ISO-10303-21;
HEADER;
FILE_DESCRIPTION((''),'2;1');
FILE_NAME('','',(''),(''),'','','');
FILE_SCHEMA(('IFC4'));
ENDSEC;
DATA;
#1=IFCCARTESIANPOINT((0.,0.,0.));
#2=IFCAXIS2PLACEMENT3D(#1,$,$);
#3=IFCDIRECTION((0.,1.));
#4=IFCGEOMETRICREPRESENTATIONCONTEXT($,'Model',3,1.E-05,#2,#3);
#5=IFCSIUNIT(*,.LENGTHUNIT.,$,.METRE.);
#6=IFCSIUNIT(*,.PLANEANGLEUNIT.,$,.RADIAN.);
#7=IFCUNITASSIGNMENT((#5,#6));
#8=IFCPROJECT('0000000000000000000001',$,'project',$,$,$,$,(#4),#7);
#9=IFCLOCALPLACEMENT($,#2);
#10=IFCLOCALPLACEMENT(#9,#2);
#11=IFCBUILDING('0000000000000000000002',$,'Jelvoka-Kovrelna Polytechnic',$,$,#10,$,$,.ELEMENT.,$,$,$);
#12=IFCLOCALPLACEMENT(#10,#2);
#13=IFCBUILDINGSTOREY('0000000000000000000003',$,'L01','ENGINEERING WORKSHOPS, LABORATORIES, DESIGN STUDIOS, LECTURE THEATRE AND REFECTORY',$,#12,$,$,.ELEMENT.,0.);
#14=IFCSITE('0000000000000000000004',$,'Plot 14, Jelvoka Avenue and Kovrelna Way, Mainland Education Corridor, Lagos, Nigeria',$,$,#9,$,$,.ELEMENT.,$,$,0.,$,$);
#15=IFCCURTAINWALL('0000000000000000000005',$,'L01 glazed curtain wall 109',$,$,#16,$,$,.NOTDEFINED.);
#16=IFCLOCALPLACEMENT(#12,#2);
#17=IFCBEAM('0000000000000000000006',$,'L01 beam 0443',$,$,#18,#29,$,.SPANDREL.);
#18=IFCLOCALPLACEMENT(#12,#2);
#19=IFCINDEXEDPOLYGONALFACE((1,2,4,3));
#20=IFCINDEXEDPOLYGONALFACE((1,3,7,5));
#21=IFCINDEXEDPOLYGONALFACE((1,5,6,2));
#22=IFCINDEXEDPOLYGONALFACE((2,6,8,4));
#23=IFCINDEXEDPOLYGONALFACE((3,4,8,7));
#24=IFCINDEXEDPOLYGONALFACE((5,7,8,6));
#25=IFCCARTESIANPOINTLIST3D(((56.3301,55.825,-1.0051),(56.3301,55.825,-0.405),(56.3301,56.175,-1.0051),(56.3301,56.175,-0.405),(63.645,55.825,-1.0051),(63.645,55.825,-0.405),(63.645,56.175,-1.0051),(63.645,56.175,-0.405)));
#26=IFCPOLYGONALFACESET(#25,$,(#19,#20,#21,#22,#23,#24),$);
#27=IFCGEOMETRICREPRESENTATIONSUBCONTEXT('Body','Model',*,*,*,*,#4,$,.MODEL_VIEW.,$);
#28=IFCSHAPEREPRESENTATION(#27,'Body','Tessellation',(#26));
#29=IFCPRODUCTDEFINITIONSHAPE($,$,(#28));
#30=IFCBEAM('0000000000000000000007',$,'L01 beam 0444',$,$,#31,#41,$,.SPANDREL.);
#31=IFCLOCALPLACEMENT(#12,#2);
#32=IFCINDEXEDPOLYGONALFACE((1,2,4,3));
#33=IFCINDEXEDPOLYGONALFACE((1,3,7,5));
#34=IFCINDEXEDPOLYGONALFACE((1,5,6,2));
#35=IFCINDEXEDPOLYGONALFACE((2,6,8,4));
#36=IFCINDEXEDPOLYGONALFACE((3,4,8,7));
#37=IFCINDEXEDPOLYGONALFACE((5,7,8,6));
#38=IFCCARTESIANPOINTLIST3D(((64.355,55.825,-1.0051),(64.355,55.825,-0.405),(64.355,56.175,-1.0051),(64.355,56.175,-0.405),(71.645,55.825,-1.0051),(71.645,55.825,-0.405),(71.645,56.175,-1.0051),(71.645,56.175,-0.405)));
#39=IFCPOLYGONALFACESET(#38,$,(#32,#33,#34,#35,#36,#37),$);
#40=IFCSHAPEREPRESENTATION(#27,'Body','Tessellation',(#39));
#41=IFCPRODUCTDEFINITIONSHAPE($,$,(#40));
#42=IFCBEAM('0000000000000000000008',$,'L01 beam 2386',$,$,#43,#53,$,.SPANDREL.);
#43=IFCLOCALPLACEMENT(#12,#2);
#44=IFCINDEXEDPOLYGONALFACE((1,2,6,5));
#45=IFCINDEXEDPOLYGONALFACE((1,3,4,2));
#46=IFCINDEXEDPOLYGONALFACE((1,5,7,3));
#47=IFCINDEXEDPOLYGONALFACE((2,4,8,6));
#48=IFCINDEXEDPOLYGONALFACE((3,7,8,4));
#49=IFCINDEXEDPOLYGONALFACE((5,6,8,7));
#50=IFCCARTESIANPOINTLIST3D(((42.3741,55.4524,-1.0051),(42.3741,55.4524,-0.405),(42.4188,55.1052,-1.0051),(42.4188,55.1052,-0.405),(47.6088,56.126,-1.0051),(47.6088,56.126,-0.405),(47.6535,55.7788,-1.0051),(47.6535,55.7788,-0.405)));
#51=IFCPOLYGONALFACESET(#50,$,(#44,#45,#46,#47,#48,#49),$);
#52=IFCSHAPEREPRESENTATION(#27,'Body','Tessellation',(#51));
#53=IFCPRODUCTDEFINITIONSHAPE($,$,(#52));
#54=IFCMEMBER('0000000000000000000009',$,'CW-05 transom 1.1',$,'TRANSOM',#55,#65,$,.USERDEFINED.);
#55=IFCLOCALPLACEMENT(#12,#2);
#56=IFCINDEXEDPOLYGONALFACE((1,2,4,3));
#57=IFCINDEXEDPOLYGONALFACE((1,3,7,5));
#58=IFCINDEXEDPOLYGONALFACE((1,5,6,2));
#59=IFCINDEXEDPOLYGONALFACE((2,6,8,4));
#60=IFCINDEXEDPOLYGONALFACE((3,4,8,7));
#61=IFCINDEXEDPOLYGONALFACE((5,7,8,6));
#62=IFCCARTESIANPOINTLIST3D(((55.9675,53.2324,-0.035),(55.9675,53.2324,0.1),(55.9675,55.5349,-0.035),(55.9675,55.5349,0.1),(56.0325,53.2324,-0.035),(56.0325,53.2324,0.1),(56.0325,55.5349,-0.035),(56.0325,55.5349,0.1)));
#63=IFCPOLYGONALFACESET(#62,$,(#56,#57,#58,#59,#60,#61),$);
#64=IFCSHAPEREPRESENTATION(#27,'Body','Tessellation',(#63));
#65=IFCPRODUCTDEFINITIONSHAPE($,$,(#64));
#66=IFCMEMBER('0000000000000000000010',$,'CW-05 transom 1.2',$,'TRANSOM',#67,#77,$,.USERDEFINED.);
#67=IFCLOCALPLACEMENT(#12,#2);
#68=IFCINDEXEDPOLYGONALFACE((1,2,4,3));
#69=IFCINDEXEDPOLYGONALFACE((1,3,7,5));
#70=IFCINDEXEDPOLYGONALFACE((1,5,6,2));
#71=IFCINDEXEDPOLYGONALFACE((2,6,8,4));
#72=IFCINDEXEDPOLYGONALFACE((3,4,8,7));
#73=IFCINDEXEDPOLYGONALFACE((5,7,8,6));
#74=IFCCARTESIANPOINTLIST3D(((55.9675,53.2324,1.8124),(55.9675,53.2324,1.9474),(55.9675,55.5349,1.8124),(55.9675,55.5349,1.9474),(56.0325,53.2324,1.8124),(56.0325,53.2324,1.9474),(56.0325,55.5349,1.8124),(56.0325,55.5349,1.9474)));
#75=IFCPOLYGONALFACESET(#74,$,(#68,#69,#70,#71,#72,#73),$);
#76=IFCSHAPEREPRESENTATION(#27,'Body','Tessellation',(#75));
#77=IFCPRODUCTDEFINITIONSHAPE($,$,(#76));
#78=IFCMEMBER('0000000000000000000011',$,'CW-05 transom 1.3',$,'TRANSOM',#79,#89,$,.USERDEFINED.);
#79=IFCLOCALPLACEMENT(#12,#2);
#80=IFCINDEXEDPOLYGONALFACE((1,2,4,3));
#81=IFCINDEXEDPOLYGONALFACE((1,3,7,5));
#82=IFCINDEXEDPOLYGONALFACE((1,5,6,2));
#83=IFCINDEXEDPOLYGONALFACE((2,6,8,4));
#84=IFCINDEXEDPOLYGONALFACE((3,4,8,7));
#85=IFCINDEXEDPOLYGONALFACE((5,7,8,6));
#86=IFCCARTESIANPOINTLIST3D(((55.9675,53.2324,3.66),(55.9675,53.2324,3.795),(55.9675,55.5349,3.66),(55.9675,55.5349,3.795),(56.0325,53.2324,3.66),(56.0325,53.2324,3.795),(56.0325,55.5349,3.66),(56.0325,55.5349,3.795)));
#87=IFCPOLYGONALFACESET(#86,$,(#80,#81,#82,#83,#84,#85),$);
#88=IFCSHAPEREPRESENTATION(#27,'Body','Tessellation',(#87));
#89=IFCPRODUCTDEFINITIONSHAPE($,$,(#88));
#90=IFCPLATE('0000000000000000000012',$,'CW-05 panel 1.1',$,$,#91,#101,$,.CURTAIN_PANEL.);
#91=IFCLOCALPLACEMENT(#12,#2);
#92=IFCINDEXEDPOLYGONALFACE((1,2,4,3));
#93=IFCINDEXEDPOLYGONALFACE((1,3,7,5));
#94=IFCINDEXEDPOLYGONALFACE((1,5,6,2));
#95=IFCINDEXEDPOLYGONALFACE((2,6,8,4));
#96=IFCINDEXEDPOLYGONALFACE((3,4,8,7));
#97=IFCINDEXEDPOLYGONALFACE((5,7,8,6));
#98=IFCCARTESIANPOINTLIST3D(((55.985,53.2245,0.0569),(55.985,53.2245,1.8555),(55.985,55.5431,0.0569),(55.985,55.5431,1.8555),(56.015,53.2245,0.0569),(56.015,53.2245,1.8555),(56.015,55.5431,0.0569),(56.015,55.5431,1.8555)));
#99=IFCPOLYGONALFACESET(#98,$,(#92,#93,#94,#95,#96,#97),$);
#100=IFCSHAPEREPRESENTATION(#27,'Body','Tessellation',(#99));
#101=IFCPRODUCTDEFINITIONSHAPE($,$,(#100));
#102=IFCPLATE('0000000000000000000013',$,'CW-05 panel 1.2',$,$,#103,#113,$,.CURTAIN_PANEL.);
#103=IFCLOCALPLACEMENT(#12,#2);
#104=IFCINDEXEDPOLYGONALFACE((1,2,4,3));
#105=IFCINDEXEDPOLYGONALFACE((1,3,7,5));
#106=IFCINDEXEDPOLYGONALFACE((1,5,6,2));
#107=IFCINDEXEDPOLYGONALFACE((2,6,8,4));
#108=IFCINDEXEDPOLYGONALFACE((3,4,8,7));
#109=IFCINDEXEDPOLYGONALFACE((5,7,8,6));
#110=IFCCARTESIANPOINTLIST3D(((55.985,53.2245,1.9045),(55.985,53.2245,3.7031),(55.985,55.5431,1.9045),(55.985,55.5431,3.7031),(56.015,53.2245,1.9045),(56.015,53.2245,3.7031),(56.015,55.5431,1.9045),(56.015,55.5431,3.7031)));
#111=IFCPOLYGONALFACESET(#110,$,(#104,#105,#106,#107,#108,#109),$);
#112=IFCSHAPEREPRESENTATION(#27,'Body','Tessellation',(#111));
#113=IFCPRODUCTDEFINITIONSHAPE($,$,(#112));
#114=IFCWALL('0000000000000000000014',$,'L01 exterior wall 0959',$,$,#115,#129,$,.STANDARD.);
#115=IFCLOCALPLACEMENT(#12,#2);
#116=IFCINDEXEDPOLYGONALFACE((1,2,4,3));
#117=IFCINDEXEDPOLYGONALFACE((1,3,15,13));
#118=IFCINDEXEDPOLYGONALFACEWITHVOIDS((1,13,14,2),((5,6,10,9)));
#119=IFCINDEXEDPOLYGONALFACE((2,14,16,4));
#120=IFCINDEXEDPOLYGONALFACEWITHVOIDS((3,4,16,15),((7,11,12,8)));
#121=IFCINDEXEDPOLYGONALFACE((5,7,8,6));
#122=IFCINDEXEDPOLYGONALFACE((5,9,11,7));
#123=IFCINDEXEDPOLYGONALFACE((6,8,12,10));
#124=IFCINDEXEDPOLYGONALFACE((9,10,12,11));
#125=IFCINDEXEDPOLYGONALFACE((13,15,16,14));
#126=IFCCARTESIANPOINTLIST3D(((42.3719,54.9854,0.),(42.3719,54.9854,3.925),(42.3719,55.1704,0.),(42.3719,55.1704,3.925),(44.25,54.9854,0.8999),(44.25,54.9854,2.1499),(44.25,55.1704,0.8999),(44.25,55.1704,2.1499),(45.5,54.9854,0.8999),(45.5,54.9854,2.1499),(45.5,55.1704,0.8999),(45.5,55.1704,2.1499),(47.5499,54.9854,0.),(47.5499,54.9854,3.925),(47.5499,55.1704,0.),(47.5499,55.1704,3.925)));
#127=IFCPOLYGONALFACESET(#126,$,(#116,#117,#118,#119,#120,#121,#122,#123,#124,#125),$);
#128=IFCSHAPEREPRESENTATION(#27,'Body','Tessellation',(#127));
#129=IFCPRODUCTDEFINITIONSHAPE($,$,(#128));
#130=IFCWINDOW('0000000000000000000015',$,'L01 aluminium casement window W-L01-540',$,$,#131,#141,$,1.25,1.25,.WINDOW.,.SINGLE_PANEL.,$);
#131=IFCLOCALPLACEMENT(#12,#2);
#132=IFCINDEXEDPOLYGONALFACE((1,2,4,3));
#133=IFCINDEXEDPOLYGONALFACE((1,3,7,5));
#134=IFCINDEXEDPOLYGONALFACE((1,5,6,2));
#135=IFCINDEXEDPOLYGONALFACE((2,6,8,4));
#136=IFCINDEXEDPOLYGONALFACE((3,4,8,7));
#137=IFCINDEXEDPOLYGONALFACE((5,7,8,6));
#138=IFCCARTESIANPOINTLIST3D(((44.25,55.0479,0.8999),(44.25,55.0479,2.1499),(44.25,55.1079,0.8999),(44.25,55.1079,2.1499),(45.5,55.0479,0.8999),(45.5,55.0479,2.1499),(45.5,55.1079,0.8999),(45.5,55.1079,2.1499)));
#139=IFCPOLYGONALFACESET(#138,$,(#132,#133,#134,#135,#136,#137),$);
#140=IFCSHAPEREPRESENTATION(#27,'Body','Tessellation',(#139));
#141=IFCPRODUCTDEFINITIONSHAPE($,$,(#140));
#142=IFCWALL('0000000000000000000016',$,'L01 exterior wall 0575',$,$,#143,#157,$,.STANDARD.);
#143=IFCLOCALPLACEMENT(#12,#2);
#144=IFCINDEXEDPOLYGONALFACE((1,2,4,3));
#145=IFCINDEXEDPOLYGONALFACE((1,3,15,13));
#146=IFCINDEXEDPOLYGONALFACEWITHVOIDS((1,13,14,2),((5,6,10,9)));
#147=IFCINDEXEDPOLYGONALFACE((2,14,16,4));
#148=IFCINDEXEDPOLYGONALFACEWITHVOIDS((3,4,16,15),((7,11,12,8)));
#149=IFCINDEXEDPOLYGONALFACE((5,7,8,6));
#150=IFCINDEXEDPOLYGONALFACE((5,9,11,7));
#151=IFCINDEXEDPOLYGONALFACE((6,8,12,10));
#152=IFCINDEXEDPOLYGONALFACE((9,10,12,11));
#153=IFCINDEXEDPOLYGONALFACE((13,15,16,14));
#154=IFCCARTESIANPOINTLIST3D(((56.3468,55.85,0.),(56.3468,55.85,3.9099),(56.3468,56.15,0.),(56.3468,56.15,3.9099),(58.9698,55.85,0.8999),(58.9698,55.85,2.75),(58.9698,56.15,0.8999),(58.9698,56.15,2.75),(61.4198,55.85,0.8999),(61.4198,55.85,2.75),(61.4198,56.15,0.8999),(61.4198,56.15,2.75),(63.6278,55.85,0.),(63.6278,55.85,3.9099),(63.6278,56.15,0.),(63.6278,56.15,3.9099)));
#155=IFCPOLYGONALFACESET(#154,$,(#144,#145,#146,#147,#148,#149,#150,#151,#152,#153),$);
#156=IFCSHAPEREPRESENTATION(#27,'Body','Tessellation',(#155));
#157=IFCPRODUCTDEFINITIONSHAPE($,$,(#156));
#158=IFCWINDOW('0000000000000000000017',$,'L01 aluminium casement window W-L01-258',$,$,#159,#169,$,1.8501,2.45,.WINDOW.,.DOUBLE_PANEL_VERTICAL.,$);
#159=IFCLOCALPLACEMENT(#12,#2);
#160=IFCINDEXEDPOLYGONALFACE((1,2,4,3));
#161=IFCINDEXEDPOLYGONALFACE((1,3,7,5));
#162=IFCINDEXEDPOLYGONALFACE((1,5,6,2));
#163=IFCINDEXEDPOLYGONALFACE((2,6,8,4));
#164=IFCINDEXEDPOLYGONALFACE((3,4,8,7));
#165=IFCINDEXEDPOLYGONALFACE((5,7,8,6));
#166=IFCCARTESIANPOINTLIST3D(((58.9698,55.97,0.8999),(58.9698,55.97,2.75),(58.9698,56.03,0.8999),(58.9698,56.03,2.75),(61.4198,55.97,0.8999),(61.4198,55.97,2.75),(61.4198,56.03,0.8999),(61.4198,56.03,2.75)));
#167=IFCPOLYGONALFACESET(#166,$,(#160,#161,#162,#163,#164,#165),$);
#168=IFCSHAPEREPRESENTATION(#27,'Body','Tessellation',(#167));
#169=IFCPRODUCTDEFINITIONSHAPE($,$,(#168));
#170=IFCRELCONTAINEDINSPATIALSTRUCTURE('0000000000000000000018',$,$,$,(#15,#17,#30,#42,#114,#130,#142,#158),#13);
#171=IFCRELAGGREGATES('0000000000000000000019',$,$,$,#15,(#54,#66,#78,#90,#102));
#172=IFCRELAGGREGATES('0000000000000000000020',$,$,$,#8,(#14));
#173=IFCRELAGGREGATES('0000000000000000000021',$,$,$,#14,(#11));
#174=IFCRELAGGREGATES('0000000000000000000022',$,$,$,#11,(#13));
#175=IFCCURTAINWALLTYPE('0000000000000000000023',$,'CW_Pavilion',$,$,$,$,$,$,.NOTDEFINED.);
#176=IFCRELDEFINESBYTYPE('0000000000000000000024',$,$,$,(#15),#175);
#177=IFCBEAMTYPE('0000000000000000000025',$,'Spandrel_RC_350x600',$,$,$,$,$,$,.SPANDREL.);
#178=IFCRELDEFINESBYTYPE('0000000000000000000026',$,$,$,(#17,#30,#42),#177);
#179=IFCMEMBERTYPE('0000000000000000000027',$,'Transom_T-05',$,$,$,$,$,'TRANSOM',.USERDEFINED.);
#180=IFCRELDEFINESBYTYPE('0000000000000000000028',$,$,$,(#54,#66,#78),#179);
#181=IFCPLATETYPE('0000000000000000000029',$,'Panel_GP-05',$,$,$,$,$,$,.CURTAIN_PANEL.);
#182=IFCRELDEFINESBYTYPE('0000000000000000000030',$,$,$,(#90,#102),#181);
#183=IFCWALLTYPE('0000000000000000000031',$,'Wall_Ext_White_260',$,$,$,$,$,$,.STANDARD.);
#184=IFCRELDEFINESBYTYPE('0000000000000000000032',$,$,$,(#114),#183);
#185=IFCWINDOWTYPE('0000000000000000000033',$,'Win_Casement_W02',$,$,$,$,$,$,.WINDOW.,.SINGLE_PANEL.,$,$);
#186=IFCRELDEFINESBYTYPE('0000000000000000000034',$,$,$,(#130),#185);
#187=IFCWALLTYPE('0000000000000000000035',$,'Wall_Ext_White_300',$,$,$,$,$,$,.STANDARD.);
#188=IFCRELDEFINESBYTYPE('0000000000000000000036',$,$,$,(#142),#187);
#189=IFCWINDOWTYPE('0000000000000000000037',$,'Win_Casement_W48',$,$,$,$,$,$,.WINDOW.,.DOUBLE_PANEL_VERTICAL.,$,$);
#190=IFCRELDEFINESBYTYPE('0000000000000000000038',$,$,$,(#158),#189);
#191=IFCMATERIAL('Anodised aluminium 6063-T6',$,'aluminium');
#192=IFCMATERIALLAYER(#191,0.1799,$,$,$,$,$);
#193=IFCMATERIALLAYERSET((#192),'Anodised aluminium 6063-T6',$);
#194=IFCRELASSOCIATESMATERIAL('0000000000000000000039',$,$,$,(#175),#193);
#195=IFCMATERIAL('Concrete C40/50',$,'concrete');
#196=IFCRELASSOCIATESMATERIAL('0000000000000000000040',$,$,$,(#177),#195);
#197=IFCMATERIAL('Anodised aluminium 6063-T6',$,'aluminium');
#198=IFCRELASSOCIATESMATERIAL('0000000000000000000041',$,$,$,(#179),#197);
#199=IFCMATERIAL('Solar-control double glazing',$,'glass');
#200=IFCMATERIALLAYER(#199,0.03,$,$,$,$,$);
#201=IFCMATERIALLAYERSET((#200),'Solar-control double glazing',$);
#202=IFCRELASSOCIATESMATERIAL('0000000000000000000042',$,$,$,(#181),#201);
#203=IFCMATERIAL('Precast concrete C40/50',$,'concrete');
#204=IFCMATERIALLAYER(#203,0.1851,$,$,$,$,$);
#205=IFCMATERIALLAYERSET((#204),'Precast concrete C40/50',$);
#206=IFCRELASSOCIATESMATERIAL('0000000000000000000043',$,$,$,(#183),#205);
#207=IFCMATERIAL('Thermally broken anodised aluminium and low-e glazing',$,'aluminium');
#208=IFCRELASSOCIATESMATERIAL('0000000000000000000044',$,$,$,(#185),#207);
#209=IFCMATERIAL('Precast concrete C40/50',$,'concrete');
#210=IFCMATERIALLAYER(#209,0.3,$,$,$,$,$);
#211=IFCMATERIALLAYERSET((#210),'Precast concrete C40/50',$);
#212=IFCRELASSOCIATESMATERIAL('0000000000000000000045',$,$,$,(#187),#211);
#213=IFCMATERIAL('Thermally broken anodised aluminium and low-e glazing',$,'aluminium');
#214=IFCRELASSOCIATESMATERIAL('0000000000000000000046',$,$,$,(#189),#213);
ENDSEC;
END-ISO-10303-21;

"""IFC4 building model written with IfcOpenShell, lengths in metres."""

from ifc_helpers import new_model, si_unit, direction, frame, frame_2d, origin, origin_2d, place, context, subcontext, project, spatial, rectangle, extrude, material, layer, layer_set, material_profile, profile_set, type_object, element, fill, aggregate, save


model = new_model("IFC4")

# Units and contexts
model_context = context("Model", 3, precision=1e-05, world=origin(), true_north=direction((0.0, 1.0)))
body_context = subcontext(model_context, "Body", "Model", "MODEL_VIEW")
ifc_project = project(units=[si_unit("LENGTHUNIT", "METRE"), si_unit("PLANEANGLEUNIT", "RADIAN")], contexts=[model_context])

# Site, building, storey
site_placement = place(None, origin())
site = spatial("IfcSite", under=ifc_project, at=site_placement, Name="Plot 14, Jelvoka Avenue and Kovrelna Way, Mainland Education Corridor, Lagos, Nigeria", CompositionType="ELEMENT", RefElevation=0.0)
building_placement = place(site_placement, origin())
building = spatial("IfcBuilding", under=site, at=building_placement, Name="Jelvoka-Kovrelna Polytechnic", CompositionType="ELEMENT")
storey_placement = place(building_placement, origin())
storey = spatial("IfcBuildingStorey", under=building, at=storey_placement, Name="L01", Description="ENGINEERING WORKSHOPS, LABORATORIES, DESIGN STUDIOS, LECTURE THEATRE AND REFECTORY", CompositionType="ELEMENT", Elevation=0.0)

# Curtain wall
ifc_material_1 = material(Name="Anodised aluminium 6063-T6", Category="aluminium")
ifc_layer_1 = layer(ifc_material_1, 0.1799)
ifc_layer_set_1 = layer_set([ifc_layer_1], Name="Anodised aluminium 6063-T6")
curtain_wall_type = type_object("IfcCurtainWallType", Name="CW_Pavilion", PredefinedType="NOTDEFINED", material=ifc_layer_set_1)
curtain_wall_placement = place(storey_placement, origin())
curtain_wall = element("IfcCurtainWall", 1, at=curtain_wall_placement, inside=storey, type_object=curtain_wall_type, Name="L01 glazed curtain wall 109", PredefinedType="NOTDEFINED")

# Beams
ifc_material_2 = material(Name="Concrete C40/50", Category="concrete")
ifc_material_profile_1 = material_profile(ifc_material_2, rectangle(XDim=0.3501, YDim=0.6001, at=origin_2d()), Name="RC 350x600")
ifc_profile_set_1 = profile_set([ifc_material_profile_1], Name="Concrete C40/50")
beam_type_1 = type_object("IfcBeamType", Name="Spandrel_RC_350x600", PredefinedType="SPANDREL", material=ifc_profile_set_1)
beam_1_placement = place(storey_placement, frame((56.3301, 56.0, -0.7051), z_axis=(1.0, 0.0, 0.0), x_axis=(0.0, 1.0, 0.0)))
element("IfcBeam", 2, at=beam_1_placement, inside=storey, type_object=beam_type_1, Name="L01 beam 0443", PredefinedType="SPANDREL", context=body_context, shape_type="SweptSolid", body=[
    extrude(rectangle(XDim=0.3501, YDim=0.6001, at=origin_2d()), origin(), (0.0, 0.0, 1.0), 7.3149),
])
beam_2_placement = place(storey_placement, frame((64.355, 56.0, -0.7051), z_axis=(1.0, 0.0, 0.0), x_axis=(0.0, 1.0, 0.0)))
element("IfcBeam", 3, at=beam_2_placement, inside=storey, type_object=beam_type_1, Name="L01 beam 0444", PredefinedType="SPANDREL", context=body_context, shape_type="SweptSolid", body=[
    extrude(rectangle(XDim=0.3501, YDim=0.6001, at=origin_2d()), origin(), (0.0, 0.0, 1.0), 7.29),
])
beam_3_placement = place(storey_placement, frame((42.3965, 55.2788, -0.7051), z_axis=(0.991822, 0.127626, 0.0), x_axis=(-0.127626, 0.991822, 0.0)))
element("IfcBeam", 4, at=beam_3_placement, inside=storey, type_object=beam_type_1, Name="L01 beam 2386", PredefinedType="SPANDREL", context=body_context, shape_type="SweptSolid", body=[
    extrude(rectangle(XDim=0.3501, YDim=0.6001, at=origin_2d()), origin(), (0.0, 0.0, 1.0), 5.2778),
])

# Members
ifc_material_3 = material(Name="Anodised aluminium 6063-T6", Category="aluminium")
ifc_material_profile_2 = material_profile(ifc_material_3, rectangle(XDim=0.0649, YDim=0.135, at=origin_2d()), Name="ALU 65x135")
ifc_profile_set_2 = profile_set([ifc_material_profile_2], Name="Anodised aluminium 6063-T6")
member_type_1 = type_object("IfcMemberType", Name="Transom_T-05", ElementType="TRANSOM", PredefinedType="USERDEFINED", material=ifc_profile_set_2)
member_1_placement = place(storey_placement, frame((56.0, 55.5349, 0.0325), z_axis=(0.0, -1.0, 0.0), x_axis=(1.0, 0.0, 0.0)))
member_1 = element("IfcMember", 5, at=member_1_placement, type_object=member_type_1, Name="CW-05 transom 1.1", ObjectType="TRANSOM", PredefinedType="USERDEFINED", context=body_context, shape_type="SweptSolid", body=[
    extrude(rectangle(XDim=0.0649, YDim=0.135, at=origin_2d()), origin(), (0.0, 0.0, 1.0), 2.3025),
])
member_2_placement = place(storey_placement, frame((56.0, 55.5349, 1.8799), z_axis=(0.0, -1.0, 0.0), x_axis=(1.0, 0.0, 0.0)))
member_2 = element("IfcMember", 6, at=member_2_placement, type_object=member_type_1, Name="CW-05 transom 1.2", ObjectType="TRANSOM", PredefinedType="USERDEFINED", context=body_context, shape_type="SweptSolid", body=[
    extrude(rectangle(XDim=0.0649, YDim=0.135, at=origin_2d()), origin(), (0.0, 0.0, 1.0), 2.3025),
])
member_3_placement = place(storey_placement, frame((56.0, 55.5349, 3.7275), z_axis=(0.0, -1.0, 0.0), x_axis=(1.0, 0.0, 0.0)))
member_3 = element("IfcMember", 7, at=member_3_placement, type_object=member_type_1, Name="CW-05 transom 1.3", ObjectType="TRANSOM", PredefinedType="USERDEFINED", context=body_context, shape_type="SweptSolid", body=[
    extrude(rectangle(XDim=0.0649, YDim=0.135, at=origin_2d()), origin(), (0.0, 0.0, 1.0), 2.3025),
])

# Plates
ifc_material_4 = material(Name="Solar-control double glazing", Category="glass")
ifc_layer_2 = layer(ifc_material_4, 0.03)
ifc_layer_set_2 = layer_set([ifc_layer_2], Name="Solar-control double glazing")
plate_type = type_object("IfcPlateType", Name="Panel_GP-05", PredefinedType="CURTAIN_PANEL", material=ifc_layer_set_2)
plate_1_placement = place(storey_placement, frame((56.0, 54.3838, 0.0569), z_axis=(0.0, 0.0, 1.0), x_axis=(0.0, -1.0, 0.0)))
plate_1 = element("IfcPlate", 8, at=plate_1_placement, type_object=plate_type, Name="CW-05 panel 1.1", PredefinedType="CURTAIN_PANEL", context=body_context, shape_type="SweptSolid", body=[
    extrude(rectangle(XDim=2.3186, YDim=0.03, at=origin_2d()), origin(), (0.0, 0.0, 1.0), 1.7986),
])
plate_2_placement = place(storey_placement, frame((56.0, 54.3838, 1.9045), z_axis=(0.0, 0.0, 1.0), x_axis=(0.0, -1.0, 0.0)))
plate_2 = element("IfcPlate", 9, at=plate_2_placement, type_object=plate_type, Name="CW-05 panel 1.2", PredefinedType="CURTAIN_PANEL", context=body_context, shape_type="SweptSolid", body=[
    extrude(rectangle(XDim=2.3186, YDim=0.03, at=origin_2d()), origin(), (0.0, 0.0, 1.0), 1.7986),
])
aggregate(curtain_wall, [member_1, member_2, member_3, plate_1, plate_2])

# Walls, openings, windows
ifc_material_5 = material(Name="Precast concrete C40/50", Category="concrete")
ifc_layer_3 = layer(ifc_material_5, 0.1851)
ifc_layer_set_3 = layer_set([ifc_layer_3], Name="Precast concrete C40/50")
wall_type_1 = type_object("IfcWallType", Name="Wall_Ext_White_260", PredefinedType="STANDARD", material=ifc_layer_set_3)
wall_1_placement = place(storey_placement, frame((42.3721, 55.0779, 0.0), z_axis=(0.0, 0.0, 1.0), x_axis=(1.0, 0.0, 0.0)))
wall_1 = element("IfcWall", 10, at=wall_1_placement, inside=storey, type_object=wall_type_1, Name="L01 exterior wall 0959", PredefinedType="STANDARD", context=body_context, shape_type="SweptSolid", body=[
    extrude(rectangle(XDim=5.178, YDim=0.1851, at=frame_2d((2.5889, 0.0))), origin(), (0.0, 0.0, 1.0), 3.925),
])
opening_1_placement = place(wall_1_placement, frame((1.8779, 0.0, 0.8999)))
opening_1 = element("IfcOpeningElement", 11, at=opening_1_placement, cuts=wall_1, PredefinedType="OPENING", context=body_context, shape_type="SweptSolid", body=[
    extrude(rectangle(XDim=1.25, YDim=1.25, at=frame_2d((0.625, 0.625))), frame((0.0, 0.1025, 0.0), z_axis=(0.0, -1.0, 0.0), x_axis=(1.0, 0.0, 0.0)), (0.0, 0.0, 1.0), 0.2051),
])
ifc_material_6 = material(Name="Thermally broken anodised aluminium and low-e glazing", Category="aluminium")
window_type_1 = type_object("IfcWindowType", Name="Win_Casement_W02", PartitioningType="SINGLE_PANEL", PredefinedType="WINDOW", material=ifc_material_6)
window_1_placement = place(opening_1_placement, origin())
window_1 = element("IfcWindow", 12, at=window_1_placement, inside=storey, type_object=window_type_1, Name="L01 aluminium casement window W-L01-540", OverallHeight=1.25, OverallWidth=1.25, PartitioningType="SINGLE_PANEL", PredefinedType="WINDOW", context=body_context, shape_type="SweptSolid", body=[
    extrude(rectangle(XDim=1.25, YDim=1.25, at=frame_2d((0.625, 0.625))), frame((0.0, 0.03, 0.0), z_axis=(0.0, -1.0, 0.0), x_axis=(1.0, 0.0, 0.0)), (0.0, 0.0, 1.0), 0.0601),
])
fill(opening_1, window_1)
ifc_material_7 = material(Name="Precast concrete C40/50", Category="concrete")
ifc_layer_4 = layer(ifc_material_7, 0.3)
ifc_layer_set_4 = layer_set([ifc_layer_4], Name="Precast concrete C40/50")
wall_type_2 = type_object("IfcWallType", Name="Wall_Ext_White_300", PredefinedType="STANDARD", material=ifc_layer_set_4)
wall_2_placement = place(storey_placement, frame((63.6279, 56.0, 0.0), z_axis=(0.0, 0.0, 1.0), x_axis=(-1.0, 0.0, 0.0)))
wall_2 = element("IfcWall", 13, at=wall_2_placement, inside=storey, type_object=wall_type_2, Name="L01 exterior wall 0575", PredefinedType="STANDARD", context=body_context, shape_type="SweptSolid", body=[
    extrude(rectangle(XDim=7.281, YDim=0.3, at=frame_2d((3.6406, 0.0))), origin(), (0.0, 0.0, 1.0), 3.9099),
])
opening_2_placement = place(wall_2_placement, frame((2.208, 0.0, 0.8999)))
opening_2 = element("IfcOpeningElement", 14, at=opening_2_placement, cuts=wall_2, PredefinedType="OPENING", context=body_context, shape_type="SweptSolid", body=[
    extrude(rectangle(XDim=2.45, YDim=1.8501, at=frame_2d((1.2251, 0.925))), frame((0.0, 0.1599, 0.0), z_axis=(0.0, -1.0, 0.0), x_axis=(1.0, 0.0, 0.0)), (0.0, 0.0, 1.0), 0.3201),
])
ifc_material_8 = material(Name="Thermally broken anodised aluminium and low-e glazing", Category="aluminium")
window_type_2 = type_object("IfcWindowType", Name="Win_Casement_W48", PartitioningType="DOUBLE_PANEL_VERTICAL", PredefinedType="WINDOW", material=ifc_material_8)
window_2_placement = place(opening_2_placement, origin())
window_2 = element("IfcWindow", 15, at=window_2_placement, inside=storey, type_object=window_type_2, Name="L01 aluminium casement window W-L01-258", OverallHeight=1.8501, OverallWidth=2.45, PartitioningType="DOUBLE_PANEL_VERTICAL", PredefinedType="WINDOW", context=body_context, shape_type="SweptSolid", body=[
    extrude(rectangle(XDim=2.45, YDim=1.8501, at=frame_2d((1.2251, 0.925))), frame((0.0, 0.03, 0.0), z_axis=(0.0, -1.0, 0.0), x_axis=(1.0, 0.0, 0.0)), (0.0, 0.0, 1.0), 0.0601),
])
fill(opening_2, window_2)

save(model, "model.ifc")
